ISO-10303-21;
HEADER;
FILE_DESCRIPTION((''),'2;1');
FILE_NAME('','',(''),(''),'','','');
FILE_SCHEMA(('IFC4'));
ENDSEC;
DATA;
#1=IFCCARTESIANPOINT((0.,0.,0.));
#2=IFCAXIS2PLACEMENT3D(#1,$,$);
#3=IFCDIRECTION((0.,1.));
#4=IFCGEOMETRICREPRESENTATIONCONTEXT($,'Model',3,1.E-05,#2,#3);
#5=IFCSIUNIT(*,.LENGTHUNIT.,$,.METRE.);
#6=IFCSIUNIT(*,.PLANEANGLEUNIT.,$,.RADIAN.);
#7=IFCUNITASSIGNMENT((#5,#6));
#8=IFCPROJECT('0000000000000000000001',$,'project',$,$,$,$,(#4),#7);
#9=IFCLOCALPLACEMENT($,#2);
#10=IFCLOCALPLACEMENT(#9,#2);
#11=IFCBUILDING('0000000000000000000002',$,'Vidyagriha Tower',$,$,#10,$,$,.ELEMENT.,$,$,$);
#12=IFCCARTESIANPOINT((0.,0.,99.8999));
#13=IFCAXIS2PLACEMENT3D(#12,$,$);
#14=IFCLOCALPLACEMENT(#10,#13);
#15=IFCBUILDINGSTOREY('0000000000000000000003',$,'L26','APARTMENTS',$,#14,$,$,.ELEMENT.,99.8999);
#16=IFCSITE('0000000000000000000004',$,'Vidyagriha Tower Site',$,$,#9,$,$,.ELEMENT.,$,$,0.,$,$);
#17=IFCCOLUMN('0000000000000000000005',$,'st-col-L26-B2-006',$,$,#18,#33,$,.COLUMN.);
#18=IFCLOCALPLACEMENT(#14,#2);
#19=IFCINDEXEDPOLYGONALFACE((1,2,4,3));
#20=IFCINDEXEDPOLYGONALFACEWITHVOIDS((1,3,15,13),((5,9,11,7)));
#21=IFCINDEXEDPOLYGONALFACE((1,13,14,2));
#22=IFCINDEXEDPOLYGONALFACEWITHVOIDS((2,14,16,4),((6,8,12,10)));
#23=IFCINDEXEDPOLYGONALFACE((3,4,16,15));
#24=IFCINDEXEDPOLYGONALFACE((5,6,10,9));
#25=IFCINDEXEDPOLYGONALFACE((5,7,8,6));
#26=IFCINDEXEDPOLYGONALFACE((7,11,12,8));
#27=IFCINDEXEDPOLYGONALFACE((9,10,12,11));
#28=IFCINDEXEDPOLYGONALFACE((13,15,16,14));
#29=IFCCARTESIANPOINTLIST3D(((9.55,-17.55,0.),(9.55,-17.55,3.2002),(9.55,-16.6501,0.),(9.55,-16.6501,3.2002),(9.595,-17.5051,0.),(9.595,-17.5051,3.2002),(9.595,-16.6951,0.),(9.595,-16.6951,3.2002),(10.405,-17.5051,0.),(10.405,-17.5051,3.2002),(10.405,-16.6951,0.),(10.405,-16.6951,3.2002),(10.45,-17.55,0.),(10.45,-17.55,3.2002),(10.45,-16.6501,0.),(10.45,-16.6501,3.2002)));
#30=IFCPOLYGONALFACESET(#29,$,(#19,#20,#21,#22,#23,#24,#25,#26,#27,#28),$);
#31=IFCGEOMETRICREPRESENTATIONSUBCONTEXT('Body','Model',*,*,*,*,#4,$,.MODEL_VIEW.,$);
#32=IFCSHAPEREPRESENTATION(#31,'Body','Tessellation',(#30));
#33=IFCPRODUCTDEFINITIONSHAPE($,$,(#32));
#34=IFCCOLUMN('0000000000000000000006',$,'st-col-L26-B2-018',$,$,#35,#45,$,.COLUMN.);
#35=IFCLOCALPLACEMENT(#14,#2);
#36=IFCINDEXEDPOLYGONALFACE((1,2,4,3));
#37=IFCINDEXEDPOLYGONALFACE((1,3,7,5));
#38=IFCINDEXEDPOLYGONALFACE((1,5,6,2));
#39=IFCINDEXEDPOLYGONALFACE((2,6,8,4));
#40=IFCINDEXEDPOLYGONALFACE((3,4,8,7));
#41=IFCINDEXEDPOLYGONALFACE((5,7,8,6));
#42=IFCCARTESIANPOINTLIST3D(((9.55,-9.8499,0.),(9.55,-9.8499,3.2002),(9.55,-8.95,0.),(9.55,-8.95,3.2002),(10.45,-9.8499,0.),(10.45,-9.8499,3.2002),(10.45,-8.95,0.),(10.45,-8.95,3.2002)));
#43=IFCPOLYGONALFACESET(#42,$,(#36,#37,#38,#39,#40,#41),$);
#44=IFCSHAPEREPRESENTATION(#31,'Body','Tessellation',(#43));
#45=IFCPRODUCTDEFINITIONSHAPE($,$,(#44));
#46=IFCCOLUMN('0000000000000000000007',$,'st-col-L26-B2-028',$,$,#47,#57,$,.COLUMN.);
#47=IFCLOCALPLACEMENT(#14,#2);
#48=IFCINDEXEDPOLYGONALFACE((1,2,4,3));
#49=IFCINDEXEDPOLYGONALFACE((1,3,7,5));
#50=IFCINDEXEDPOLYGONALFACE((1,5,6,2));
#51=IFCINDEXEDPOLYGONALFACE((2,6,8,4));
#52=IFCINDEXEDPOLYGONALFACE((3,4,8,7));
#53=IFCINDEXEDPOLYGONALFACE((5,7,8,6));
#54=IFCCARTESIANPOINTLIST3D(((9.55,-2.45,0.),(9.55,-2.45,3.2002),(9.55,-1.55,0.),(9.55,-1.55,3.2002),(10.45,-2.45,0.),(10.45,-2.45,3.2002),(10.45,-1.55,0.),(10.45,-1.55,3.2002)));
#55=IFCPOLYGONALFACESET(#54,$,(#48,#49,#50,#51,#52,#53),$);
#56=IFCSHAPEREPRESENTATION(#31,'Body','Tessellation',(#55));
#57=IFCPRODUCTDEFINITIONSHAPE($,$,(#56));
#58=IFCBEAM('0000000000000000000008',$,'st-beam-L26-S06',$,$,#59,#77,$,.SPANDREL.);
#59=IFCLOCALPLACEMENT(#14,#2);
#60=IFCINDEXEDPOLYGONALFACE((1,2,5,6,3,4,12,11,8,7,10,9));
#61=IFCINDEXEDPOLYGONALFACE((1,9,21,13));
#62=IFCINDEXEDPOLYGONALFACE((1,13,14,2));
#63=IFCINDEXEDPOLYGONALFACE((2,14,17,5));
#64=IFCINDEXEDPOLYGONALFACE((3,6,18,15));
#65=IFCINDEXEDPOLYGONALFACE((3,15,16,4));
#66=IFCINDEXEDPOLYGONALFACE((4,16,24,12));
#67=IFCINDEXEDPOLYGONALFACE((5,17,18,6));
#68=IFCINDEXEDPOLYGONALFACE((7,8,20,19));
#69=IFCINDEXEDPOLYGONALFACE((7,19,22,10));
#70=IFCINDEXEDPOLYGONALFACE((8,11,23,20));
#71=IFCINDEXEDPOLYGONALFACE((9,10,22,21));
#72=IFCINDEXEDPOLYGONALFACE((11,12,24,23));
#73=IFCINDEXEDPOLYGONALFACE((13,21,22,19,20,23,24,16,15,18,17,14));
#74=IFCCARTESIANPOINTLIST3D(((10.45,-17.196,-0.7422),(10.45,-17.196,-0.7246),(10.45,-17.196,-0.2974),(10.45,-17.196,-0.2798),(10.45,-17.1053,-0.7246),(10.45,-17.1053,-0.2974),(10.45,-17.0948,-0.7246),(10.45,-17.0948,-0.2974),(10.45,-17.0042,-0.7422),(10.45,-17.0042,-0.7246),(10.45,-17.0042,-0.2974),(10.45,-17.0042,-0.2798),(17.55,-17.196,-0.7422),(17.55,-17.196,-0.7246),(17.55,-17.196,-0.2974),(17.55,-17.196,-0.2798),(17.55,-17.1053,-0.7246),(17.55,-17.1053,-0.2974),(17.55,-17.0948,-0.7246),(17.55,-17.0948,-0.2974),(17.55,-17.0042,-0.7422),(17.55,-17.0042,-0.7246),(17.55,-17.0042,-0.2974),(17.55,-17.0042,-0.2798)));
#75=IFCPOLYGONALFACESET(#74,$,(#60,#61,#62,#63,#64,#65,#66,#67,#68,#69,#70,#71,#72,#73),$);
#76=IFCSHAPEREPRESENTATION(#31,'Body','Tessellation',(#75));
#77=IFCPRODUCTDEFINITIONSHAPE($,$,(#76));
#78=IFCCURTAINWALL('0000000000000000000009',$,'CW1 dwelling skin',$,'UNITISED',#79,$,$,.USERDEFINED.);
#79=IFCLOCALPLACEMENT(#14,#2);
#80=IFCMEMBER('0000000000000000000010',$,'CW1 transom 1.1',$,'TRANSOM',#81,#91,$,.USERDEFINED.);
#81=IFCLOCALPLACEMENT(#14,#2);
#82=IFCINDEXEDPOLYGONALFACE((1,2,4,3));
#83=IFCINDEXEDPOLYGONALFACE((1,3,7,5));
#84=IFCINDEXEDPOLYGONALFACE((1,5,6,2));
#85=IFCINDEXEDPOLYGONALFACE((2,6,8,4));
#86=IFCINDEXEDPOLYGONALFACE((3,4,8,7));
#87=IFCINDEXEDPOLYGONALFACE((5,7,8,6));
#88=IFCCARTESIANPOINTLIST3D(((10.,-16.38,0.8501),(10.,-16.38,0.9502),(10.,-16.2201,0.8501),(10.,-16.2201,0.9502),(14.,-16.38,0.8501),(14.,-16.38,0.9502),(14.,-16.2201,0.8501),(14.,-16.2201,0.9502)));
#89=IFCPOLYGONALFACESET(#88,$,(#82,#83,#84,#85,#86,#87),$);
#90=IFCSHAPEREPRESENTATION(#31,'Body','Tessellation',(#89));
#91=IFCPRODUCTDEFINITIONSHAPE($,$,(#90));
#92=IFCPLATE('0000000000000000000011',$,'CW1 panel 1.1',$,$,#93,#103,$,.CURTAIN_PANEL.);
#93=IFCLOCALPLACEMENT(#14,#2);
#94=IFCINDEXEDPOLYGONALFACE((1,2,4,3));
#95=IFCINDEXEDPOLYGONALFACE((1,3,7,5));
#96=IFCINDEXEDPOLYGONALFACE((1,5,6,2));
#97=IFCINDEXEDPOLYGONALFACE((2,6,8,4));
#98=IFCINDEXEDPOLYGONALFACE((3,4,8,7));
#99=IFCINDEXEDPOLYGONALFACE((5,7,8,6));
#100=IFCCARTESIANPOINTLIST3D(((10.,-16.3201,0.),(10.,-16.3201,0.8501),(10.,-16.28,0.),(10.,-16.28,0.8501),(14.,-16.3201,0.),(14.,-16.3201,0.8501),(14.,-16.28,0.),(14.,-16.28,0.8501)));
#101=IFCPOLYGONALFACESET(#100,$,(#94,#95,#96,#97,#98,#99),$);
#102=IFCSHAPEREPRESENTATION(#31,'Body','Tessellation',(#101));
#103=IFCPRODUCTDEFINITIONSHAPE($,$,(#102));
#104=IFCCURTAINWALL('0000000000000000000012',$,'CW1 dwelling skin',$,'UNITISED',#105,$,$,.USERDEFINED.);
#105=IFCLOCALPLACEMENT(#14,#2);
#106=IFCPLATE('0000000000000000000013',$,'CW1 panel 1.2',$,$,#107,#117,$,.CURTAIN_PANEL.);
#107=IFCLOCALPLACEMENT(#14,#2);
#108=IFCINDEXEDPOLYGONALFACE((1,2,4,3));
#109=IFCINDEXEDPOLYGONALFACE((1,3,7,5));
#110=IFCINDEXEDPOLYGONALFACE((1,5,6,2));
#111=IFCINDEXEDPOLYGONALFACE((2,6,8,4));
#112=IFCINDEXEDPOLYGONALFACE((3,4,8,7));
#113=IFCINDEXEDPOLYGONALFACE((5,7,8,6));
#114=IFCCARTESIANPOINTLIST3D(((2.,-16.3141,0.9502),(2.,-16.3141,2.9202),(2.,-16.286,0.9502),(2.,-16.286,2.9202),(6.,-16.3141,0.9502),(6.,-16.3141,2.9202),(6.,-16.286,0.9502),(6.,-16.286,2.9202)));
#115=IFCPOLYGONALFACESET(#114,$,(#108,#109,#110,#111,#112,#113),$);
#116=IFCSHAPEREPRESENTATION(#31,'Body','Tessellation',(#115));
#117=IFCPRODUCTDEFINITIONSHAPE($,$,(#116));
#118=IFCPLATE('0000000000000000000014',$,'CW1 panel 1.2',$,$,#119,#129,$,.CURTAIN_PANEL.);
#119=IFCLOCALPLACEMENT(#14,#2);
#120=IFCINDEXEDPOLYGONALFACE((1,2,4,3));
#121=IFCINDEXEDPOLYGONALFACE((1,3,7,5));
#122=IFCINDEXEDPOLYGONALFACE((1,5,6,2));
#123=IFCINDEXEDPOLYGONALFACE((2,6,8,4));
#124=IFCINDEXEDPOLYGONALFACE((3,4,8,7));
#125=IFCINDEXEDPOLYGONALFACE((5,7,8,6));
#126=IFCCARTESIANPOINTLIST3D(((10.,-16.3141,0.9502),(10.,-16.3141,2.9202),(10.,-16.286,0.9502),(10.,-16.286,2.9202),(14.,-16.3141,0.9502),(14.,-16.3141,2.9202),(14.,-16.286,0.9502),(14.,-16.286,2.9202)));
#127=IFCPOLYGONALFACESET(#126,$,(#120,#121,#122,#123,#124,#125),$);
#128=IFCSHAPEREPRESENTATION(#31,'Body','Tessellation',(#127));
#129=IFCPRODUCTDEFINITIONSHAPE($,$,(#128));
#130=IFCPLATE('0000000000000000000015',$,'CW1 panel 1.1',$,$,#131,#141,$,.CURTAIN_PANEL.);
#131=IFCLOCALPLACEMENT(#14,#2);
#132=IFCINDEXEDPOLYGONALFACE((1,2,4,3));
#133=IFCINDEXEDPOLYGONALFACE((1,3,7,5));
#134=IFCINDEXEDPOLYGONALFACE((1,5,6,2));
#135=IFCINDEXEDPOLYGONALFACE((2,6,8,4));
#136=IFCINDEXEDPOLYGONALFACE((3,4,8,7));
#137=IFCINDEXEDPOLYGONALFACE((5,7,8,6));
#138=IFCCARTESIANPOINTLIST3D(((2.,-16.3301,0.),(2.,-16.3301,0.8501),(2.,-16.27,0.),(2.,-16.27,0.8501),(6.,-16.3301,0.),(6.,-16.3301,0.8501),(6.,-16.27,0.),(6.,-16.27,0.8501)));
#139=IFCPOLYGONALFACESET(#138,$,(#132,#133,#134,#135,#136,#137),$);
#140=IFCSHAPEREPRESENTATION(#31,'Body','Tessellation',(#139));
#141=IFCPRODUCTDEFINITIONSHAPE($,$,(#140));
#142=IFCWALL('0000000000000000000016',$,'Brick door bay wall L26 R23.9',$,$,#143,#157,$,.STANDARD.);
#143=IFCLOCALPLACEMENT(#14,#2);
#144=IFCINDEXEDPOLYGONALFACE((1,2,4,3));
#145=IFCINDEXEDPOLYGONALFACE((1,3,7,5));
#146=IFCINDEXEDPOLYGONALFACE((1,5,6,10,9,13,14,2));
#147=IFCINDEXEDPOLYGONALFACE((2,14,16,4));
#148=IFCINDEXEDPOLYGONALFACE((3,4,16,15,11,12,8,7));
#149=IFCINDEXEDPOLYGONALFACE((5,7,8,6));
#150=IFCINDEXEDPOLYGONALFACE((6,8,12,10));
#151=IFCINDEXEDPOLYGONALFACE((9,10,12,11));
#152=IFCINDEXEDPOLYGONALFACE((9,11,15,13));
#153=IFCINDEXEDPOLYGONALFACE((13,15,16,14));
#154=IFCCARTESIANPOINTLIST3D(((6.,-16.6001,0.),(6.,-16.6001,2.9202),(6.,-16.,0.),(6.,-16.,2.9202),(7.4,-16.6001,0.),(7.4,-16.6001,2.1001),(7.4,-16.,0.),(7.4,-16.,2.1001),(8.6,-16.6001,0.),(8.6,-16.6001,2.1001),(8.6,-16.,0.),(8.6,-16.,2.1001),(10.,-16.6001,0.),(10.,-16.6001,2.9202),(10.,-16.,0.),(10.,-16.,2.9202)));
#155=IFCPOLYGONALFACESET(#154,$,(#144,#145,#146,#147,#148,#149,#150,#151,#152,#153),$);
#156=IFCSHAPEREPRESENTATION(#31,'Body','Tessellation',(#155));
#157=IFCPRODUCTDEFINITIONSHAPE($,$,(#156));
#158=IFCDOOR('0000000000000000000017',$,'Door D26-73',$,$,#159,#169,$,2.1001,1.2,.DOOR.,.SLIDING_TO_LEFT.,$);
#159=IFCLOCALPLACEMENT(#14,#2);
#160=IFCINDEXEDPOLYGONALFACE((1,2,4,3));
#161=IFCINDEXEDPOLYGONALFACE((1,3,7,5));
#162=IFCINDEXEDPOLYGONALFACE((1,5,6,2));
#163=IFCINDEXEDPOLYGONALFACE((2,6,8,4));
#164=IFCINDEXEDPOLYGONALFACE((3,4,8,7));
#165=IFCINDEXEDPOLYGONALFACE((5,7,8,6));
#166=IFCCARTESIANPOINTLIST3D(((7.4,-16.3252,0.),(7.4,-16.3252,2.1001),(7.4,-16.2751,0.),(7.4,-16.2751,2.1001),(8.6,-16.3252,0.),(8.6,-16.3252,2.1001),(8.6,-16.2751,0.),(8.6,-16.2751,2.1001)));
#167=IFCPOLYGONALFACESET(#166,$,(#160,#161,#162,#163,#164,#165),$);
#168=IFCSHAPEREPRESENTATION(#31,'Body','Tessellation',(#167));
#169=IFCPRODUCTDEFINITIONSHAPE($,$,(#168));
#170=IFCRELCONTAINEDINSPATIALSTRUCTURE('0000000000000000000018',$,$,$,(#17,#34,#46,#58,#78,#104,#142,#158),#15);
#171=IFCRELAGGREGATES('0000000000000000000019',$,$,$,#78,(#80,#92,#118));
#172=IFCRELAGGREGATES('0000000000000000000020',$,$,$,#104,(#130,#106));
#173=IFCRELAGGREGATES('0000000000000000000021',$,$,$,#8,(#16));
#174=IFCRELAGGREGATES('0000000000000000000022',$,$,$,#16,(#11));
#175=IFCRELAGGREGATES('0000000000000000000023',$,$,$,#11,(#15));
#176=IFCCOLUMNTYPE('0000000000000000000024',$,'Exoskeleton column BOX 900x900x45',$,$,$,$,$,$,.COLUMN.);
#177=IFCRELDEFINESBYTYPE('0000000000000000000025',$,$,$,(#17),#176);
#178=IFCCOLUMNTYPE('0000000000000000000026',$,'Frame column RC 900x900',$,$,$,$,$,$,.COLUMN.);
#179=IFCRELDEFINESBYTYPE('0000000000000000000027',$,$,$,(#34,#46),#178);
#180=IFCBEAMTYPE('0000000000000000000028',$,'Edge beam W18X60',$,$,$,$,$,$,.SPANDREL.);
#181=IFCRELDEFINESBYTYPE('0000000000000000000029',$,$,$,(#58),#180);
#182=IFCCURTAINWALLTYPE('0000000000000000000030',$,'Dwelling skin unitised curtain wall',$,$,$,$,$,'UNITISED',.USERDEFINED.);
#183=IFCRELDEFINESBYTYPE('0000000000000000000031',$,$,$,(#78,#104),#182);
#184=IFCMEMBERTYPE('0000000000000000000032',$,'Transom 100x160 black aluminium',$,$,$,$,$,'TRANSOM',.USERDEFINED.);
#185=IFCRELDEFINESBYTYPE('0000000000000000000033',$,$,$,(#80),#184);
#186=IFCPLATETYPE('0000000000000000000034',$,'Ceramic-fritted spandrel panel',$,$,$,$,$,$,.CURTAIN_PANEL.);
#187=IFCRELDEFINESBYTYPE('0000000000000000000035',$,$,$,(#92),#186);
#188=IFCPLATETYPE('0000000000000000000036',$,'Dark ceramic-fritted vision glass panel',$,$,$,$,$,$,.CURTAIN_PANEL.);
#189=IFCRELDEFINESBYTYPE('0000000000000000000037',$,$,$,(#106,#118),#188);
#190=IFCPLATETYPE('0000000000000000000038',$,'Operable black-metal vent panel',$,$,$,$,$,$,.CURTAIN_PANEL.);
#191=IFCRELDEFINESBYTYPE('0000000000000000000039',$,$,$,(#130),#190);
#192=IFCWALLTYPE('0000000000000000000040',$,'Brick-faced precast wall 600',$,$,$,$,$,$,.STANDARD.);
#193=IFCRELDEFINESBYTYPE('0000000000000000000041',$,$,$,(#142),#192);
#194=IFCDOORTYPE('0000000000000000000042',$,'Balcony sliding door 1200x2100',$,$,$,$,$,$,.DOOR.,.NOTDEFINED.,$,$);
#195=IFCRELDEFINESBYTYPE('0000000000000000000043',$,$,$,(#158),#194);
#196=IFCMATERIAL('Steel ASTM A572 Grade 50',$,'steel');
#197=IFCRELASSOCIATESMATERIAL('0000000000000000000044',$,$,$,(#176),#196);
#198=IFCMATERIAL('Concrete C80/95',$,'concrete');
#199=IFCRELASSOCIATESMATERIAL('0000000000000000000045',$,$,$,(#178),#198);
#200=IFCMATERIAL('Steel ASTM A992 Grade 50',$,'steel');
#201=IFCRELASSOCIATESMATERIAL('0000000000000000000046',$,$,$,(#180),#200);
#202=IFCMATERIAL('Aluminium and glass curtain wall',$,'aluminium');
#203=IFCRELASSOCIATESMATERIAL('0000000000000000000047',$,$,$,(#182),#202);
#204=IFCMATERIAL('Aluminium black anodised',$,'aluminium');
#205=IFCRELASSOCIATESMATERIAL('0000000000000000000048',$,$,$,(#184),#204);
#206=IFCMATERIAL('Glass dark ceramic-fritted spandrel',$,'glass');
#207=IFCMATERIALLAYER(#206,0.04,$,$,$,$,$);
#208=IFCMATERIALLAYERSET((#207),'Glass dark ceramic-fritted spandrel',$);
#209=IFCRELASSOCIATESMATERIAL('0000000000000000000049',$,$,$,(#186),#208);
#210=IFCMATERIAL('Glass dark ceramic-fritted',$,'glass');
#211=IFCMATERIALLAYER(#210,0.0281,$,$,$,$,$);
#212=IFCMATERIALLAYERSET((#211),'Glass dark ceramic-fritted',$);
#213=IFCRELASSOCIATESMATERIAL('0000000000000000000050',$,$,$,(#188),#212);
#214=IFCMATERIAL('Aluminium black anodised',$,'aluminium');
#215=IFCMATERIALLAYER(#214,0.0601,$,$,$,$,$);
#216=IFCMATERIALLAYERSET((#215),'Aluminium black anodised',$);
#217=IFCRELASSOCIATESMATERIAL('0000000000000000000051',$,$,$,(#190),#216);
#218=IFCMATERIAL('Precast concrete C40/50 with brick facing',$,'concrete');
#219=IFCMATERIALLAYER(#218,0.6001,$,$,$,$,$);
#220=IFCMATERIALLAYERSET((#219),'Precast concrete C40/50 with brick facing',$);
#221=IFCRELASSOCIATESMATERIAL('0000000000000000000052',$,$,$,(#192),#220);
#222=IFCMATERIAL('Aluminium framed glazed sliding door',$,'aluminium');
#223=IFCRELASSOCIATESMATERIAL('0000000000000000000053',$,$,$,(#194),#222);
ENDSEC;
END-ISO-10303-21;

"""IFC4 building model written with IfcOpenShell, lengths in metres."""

from ifc_helpers import new_model, si_unit, direction, frame, frame_2d, origin, origin_2d, place, context, subcontext, project, spatial, rectangle, hollow_rectangle, i_section, extrude, material, layer, layer_set, material_profile, profile_set, type_object, element, fill, aggregate, save


model = new_model("IFC4")

# Units and contexts
model_context = context("Model", 3, precision=1e-05, world=origin(), true_north=direction((0.0, 1.0)))
body_context = subcontext(model_context, "Body", "Model", "MODEL_VIEW")
ifc_project = project(units=[si_unit("LENGTHUNIT", "METRE"), si_unit("PLANEANGLEUNIT", "RADIAN")], contexts=[model_context])

# Site, building, storey
site_placement = place(None, origin())
site = spatial("IfcSite", under=ifc_project, at=site_placement, Name="Vidyagriha Tower Site", CompositionType="ELEMENT", RefElevation=0.0)
building_placement = place(site_placement, origin())
building = spatial("IfcBuilding", under=site, at=building_placement, Name="Vidyagriha Tower", CompositionType="ELEMENT")
storey_placement = place(building_placement, frame((0.0, 0.0, 99.8999)))
storey = spatial("IfcBuildingStorey", under=building, at=storey_placement, Name="L26", Description="APARTMENTS", CompositionType="ELEMENT", Elevation=99.8999)

# Columns
ifc_material_1 = material(Name="Steel ASTM A572 Grade 50", Category="steel")
ifc_material_profile_1 = material_profile(ifc_material_1, hollow_rectangle(XDim=0.8999, YDim=0.8999, WallThickness=0.0449, at=origin_2d()), Name="BOX 900x900x45")
ifc_profile_set_1 = profile_set([ifc_material_profile_1], Name="Steel ASTM A572 Grade 50")
column_type_1 = type_object("IfcColumnType", Name="Exoskeleton column BOX 900x900x45", PredefinedType="COLUMN", material=ifc_profile_set_1)
column_placement = place(storey_placement, frame((10.0, -17.1001, 0.0)))
element("IfcColumn", 1, at=column_placement, inside=storey, type_object=column_type_1, Name="st-col-L26-B2-006", PredefinedType="COLUMN", context=body_context, shape_type="SweptSolid", body=[
    extrude(hollow_rectangle(XDim=0.8999, YDim=0.8999, WallThickness=0.0449, at=origin_2d()), origin(), (0.0, 0.0, 1.0), 3.2002),
])
ifc_material_2 = material(Name="Concrete C80/95", Category="concrete")
ifc_material_profile_2 = material_profile(ifc_material_2, rectangle(XDim=0.8999, YDim=0.8999, at=origin_2d()), Name="RC 900x900")
ifc_profile_set_2 = profile_set([ifc_material_profile_2], Name="Concrete C80/95")
column_type_2 = type_object("IfcColumnType", Name="Frame column RC 900x900", PredefinedType="COLUMN", material=ifc_profile_set_2)
for number, where, name in (
    (2, (10.0, -9.3999, 0.0), "st-col-L26-B2-018"),
    (3, (10.0, -2.0, 0.0), "st-col-L26-B2-028"),
):
    element("IfcColumn", number, at=place(storey_placement, frame(where)), inside=storey, type_object=column_type_2, Name=name, PredefinedType="COLUMN", context=body_context, shape_type="SweptSolid", body=[
        extrude(rectangle(XDim=0.8999, YDim=0.8999, at=origin_2d()), origin(), (0.0, 0.0, 1.0), 3.2002),
    ])

# Beam
ifc_material_3 = material(Name="Steel ASTM A992 Grade 50", Category="steel")
ifc_material_profile_3 = material_profile(ifc_material_3, i_section(OverallWidth=0.1919, OverallDepth=0.4624, WebThickness=0.0105, FlangeThickness=0.0176, at=origin_2d()), Name="W18X60")
ifc_profile_set_3 = profile_set([ifc_material_profile_3], Name="Steel ASTM A992 Grade 50")
beam_type = type_object("IfcBeamType", Name="Edge beam W18X60", PredefinedType="SPANDREL", material=ifc_profile_set_3)
beam_placement = place(storey_placement, frame((10.45, -17.1001, -0.511), z_axis=(1.0, 0.0, 0.0), x_axis=(0.0, 1.0, 0.0)))
element("IfcBeam", 4, at=beam_placement, inside=storey, type_object=beam_type, Name="st-beam-L26-S06", PredefinedType="SPANDREL", context=body_context, shape_type="SweptSolid", body=[
    extrude(i_section(OverallWidth=0.1919, OverallDepth=0.4624, WebThickness=0.0105, FlangeThickness=0.0176, at=origin_2d()), origin(), (0.0, 0.0, 1.0), 7.1001),
])

# Curtain wall, member, plate
ifc_material_4 = material(Name="Aluminium and glass curtain wall", Category="aluminium")
curtain_wall_type = type_object("IfcCurtainWallType", Name="Dwelling skin unitised curtain wall", ElementType="UNITISED", PredefinedType="USERDEFINED", material=ifc_material_4)
curtain_wall_1_placement = place(storey_placement, origin())
curtain_wall_1 = element("IfcCurtainWall", 5, at=curtain_wall_1_placement, inside=storey, type_object=curtain_wall_type, Name="CW1 dwelling skin", ObjectType="UNITISED", PredefinedType="USERDEFINED")
ifc_material_5 = material(Name="Aluminium black anodised", Category="aluminium")
ifc_material_profile_4 = material_profile(ifc_material_5, rectangle(XDim=0.1599, YDim=0.1001, at=origin_2d()), Name="Transom 100x160 black aluminium")
ifc_profile_set_4 = profile_set([ifc_material_profile_4], Name="Aluminium black anodised")
member_type = type_object("IfcMemberType", Name="Transom 100x160 black aluminium", ElementType="TRANSOM", PredefinedType="USERDEFINED", material=ifc_profile_set_4)
member_placement = place(storey_placement, frame((10.0, -16.3, 0.9001), z_axis=(1.0, 0.0, 0.0), x_axis=(0.0, 1.0, 0.0)))
member = element("IfcMember", 6, at=member_placement, type_object=member_type, Name="CW1 transom 1.1", ObjectType="TRANSOM", PredefinedType="USERDEFINED", context=body_context, shape_type="SweptSolid", body=[
    extrude(rectangle(XDim=0.1599, YDim=0.1001, at=origin_2d()), origin(), (0.0, 0.0, 1.0), 4.0),
])
ifc_material_6 = material(Name="Glass dark ceramic-fritted spandrel", Category="glass")
ifc_layer_1 = layer(ifc_material_6, 0.04)
ifc_layer_set_1 = layer_set([ifc_layer_1], Name="Glass dark ceramic-fritted spandrel")
plate_type_1 = type_object("IfcPlateType", Name="Ceramic-fritted spandrel panel", PredefinedType="CURTAIN_PANEL", material=ifc_layer_set_1)
plate_1_placement = place(storey_placement, frame((12.0, -16.3, 0.0)))
plate_1 = element("IfcPlate", 7, at=plate_1_placement, type_object=plate_type_1, Name="CW1 panel 1.1", PredefinedType="CURTAIN_PANEL", context=body_context, shape_type="SweptSolid", body=[
    extrude(rectangle(XDim=4.0, YDim=0.04, at=origin_2d()), origin(), (0.0, 0.0, 1.0), 0.8501),
])

# Curtain wall, plate
curtain_wall_2_placement = place(storey_placement, origin())
curtain_wall_2 = element("IfcCurtainWall", 8, at=curtain_wall_2_placement, inside=storey, type_object=curtain_wall_type, Name="CW1 dwelling skin", ObjectType="UNITISED", PredefinedType="USERDEFINED")
ifc_material_7 = material(Name="Glass dark ceramic-fritted", Category="glass")
ifc_layer_2 = layer(ifc_material_7, 0.0281)
ifc_layer_set_2 = layer_set([ifc_layer_2], Name="Glass dark ceramic-fritted")
plate_type_2 = type_object("IfcPlateType", Name="Dark ceramic-fritted vision glass panel", PredefinedType="CURTAIN_PANEL", material=ifc_layer_set_2)
plate_2_placement = place(storey_placement, frame((4.0, -16.3, 0.9502)))
plate_2 = element("IfcPlate", 9, at=plate_2_placement, type_object=plate_type_2, Name="CW1 panel 1.2", PredefinedType="CURTAIN_PANEL", context=body_context, shape_type="SweptSolid", body=[
    extrude(rectangle(XDim=4.0, YDim=0.0281, at=origin_2d()), origin(), (0.0, 0.0, 1.0), 1.97),
])

# Plates
plate_3_placement = place(storey_placement, frame((12.0, -16.3, 0.9502)))
plate_3 = element("IfcPlate", 10, at=plate_3_placement, type_object=plate_type_2, Name="CW1 panel 1.2", PredefinedType="CURTAIN_PANEL", context=body_context, shape_type="SweptSolid", body=[
    extrude(rectangle(XDim=4.0, YDim=0.0281, at=origin_2d()), origin(), (0.0, 0.0, 1.0), 1.97),
])
aggregate(curtain_wall_1, [member, plate_1, plate_3])
ifc_material_8 = material(Name="Aluminium black anodised", Category="aluminium")
ifc_layer_3 = layer(ifc_material_8, 0.0601)
ifc_layer_set_3 = layer_set([ifc_layer_3], Name="Aluminium black anodised")
plate_type_3 = type_object("IfcPlateType", Name="Operable black-metal vent panel", PredefinedType="CURTAIN_PANEL", material=ifc_layer_set_3)
plate_4_placement = place(storey_placement, frame((4.0, -16.3, 0.0)))
plate_4 = element("IfcPlate", 11, at=plate_4_placement, type_object=plate_type_3, Name="CW1 panel 1.1", PredefinedType="CURTAIN_PANEL", context=body_context, shape_type="SweptSolid", body=[
    extrude(rectangle(XDim=4.0, YDim=0.0601, at=origin_2d()), origin(), (0.0, 0.0, 1.0), 0.8501),
])
aggregate(curtain_wall_2, [plate_4, plate_2])

# Wall, opening, door
ifc_material_9 = material(Name="Precast concrete C40/50 with brick facing", Category="concrete")
ifc_layer_4 = layer(ifc_material_9, 0.6001)
ifc_layer_set_4 = layer_set([ifc_layer_4], Name="Precast concrete C40/50 with brick facing")
wall_type_1 = type_object("IfcWallType", Name="Brick-faced precast wall 600", PredefinedType="STANDARD", material=ifc_layer_set_4)
wall_1_placement = place(storey_placement, frame((6.0, -16.3, 0.0)))
wall_1 = element("IfcWall", 12, at=wall_1_placement, inside=storey, type_object=wall_type_1, Name="Brick door bay wall L26 R23.9", PredefinedType="STANDARD", context=body_context, shape_type="SweptSolid", body=[
    extrude(rectangle(XDim=4.0, YDim=0.6001, at=frame_2d((2.0, 0.0))), origin(), (0.0, 0.0, 1.0), 2.9202),
])
opening_1_placement = place(wall_1_placement, frame((1.3999, 0.0, 0.0)))
opening_1 = element("IfcOpeningElement", 13, at=opening_1_placement, cuts=wall_1, PredefinedType="OPENING", context=body_context, shape_type="SweptSolid", body=[
    extrude(rectangle(XDim=1.2, YDim=2.1001, at=frame_2d((0.6001, 1.05))), frame((0.0, 0.3101, 0.0), z_axis=(0.0, -1.0, 0.0), x_axis=(1.0, 0.0, 0.0)), (0.0, 0.0, 1.0), 0.6201),
])
ifc_material_10 = material(Name="Aluminium framed glazed sliding door", Category="aluminium")
door_type_1 = type_object("IfcDoorType", Name="Balcony sliding door 1200x2100", OperationType="NOTDEFINED", PredefinedType="DOOR", material=ifc_material_10)
door_1_placement = place(opening_1_placement, origin())
door_1 = element("IfcDoor", 14, at=door_1_placement, inside=storey, type_object=door_type_1, Name="Door D26-73", OperationType="SLIDING_TO_LEFT", OverallHeight=2.1001, OverallWidth=1.2, PredefinedType="DOOR", context=body_context, shape_type="SweptSolid", body=[
    extrude(rectangle(XDim=1.2, YDim=2.1001, at=frame_2d((0.6001, 1.05))), frame((0.0, 0.0249, 0.0), z_axis=(0.0, -1.0, 0.0), x_axis=(1.0, 0.0, 0.0)), (0.0, 0.0, 1.0), 0.05),
])
fill(opening_1, door_1)

save(model, "model.ifc")
